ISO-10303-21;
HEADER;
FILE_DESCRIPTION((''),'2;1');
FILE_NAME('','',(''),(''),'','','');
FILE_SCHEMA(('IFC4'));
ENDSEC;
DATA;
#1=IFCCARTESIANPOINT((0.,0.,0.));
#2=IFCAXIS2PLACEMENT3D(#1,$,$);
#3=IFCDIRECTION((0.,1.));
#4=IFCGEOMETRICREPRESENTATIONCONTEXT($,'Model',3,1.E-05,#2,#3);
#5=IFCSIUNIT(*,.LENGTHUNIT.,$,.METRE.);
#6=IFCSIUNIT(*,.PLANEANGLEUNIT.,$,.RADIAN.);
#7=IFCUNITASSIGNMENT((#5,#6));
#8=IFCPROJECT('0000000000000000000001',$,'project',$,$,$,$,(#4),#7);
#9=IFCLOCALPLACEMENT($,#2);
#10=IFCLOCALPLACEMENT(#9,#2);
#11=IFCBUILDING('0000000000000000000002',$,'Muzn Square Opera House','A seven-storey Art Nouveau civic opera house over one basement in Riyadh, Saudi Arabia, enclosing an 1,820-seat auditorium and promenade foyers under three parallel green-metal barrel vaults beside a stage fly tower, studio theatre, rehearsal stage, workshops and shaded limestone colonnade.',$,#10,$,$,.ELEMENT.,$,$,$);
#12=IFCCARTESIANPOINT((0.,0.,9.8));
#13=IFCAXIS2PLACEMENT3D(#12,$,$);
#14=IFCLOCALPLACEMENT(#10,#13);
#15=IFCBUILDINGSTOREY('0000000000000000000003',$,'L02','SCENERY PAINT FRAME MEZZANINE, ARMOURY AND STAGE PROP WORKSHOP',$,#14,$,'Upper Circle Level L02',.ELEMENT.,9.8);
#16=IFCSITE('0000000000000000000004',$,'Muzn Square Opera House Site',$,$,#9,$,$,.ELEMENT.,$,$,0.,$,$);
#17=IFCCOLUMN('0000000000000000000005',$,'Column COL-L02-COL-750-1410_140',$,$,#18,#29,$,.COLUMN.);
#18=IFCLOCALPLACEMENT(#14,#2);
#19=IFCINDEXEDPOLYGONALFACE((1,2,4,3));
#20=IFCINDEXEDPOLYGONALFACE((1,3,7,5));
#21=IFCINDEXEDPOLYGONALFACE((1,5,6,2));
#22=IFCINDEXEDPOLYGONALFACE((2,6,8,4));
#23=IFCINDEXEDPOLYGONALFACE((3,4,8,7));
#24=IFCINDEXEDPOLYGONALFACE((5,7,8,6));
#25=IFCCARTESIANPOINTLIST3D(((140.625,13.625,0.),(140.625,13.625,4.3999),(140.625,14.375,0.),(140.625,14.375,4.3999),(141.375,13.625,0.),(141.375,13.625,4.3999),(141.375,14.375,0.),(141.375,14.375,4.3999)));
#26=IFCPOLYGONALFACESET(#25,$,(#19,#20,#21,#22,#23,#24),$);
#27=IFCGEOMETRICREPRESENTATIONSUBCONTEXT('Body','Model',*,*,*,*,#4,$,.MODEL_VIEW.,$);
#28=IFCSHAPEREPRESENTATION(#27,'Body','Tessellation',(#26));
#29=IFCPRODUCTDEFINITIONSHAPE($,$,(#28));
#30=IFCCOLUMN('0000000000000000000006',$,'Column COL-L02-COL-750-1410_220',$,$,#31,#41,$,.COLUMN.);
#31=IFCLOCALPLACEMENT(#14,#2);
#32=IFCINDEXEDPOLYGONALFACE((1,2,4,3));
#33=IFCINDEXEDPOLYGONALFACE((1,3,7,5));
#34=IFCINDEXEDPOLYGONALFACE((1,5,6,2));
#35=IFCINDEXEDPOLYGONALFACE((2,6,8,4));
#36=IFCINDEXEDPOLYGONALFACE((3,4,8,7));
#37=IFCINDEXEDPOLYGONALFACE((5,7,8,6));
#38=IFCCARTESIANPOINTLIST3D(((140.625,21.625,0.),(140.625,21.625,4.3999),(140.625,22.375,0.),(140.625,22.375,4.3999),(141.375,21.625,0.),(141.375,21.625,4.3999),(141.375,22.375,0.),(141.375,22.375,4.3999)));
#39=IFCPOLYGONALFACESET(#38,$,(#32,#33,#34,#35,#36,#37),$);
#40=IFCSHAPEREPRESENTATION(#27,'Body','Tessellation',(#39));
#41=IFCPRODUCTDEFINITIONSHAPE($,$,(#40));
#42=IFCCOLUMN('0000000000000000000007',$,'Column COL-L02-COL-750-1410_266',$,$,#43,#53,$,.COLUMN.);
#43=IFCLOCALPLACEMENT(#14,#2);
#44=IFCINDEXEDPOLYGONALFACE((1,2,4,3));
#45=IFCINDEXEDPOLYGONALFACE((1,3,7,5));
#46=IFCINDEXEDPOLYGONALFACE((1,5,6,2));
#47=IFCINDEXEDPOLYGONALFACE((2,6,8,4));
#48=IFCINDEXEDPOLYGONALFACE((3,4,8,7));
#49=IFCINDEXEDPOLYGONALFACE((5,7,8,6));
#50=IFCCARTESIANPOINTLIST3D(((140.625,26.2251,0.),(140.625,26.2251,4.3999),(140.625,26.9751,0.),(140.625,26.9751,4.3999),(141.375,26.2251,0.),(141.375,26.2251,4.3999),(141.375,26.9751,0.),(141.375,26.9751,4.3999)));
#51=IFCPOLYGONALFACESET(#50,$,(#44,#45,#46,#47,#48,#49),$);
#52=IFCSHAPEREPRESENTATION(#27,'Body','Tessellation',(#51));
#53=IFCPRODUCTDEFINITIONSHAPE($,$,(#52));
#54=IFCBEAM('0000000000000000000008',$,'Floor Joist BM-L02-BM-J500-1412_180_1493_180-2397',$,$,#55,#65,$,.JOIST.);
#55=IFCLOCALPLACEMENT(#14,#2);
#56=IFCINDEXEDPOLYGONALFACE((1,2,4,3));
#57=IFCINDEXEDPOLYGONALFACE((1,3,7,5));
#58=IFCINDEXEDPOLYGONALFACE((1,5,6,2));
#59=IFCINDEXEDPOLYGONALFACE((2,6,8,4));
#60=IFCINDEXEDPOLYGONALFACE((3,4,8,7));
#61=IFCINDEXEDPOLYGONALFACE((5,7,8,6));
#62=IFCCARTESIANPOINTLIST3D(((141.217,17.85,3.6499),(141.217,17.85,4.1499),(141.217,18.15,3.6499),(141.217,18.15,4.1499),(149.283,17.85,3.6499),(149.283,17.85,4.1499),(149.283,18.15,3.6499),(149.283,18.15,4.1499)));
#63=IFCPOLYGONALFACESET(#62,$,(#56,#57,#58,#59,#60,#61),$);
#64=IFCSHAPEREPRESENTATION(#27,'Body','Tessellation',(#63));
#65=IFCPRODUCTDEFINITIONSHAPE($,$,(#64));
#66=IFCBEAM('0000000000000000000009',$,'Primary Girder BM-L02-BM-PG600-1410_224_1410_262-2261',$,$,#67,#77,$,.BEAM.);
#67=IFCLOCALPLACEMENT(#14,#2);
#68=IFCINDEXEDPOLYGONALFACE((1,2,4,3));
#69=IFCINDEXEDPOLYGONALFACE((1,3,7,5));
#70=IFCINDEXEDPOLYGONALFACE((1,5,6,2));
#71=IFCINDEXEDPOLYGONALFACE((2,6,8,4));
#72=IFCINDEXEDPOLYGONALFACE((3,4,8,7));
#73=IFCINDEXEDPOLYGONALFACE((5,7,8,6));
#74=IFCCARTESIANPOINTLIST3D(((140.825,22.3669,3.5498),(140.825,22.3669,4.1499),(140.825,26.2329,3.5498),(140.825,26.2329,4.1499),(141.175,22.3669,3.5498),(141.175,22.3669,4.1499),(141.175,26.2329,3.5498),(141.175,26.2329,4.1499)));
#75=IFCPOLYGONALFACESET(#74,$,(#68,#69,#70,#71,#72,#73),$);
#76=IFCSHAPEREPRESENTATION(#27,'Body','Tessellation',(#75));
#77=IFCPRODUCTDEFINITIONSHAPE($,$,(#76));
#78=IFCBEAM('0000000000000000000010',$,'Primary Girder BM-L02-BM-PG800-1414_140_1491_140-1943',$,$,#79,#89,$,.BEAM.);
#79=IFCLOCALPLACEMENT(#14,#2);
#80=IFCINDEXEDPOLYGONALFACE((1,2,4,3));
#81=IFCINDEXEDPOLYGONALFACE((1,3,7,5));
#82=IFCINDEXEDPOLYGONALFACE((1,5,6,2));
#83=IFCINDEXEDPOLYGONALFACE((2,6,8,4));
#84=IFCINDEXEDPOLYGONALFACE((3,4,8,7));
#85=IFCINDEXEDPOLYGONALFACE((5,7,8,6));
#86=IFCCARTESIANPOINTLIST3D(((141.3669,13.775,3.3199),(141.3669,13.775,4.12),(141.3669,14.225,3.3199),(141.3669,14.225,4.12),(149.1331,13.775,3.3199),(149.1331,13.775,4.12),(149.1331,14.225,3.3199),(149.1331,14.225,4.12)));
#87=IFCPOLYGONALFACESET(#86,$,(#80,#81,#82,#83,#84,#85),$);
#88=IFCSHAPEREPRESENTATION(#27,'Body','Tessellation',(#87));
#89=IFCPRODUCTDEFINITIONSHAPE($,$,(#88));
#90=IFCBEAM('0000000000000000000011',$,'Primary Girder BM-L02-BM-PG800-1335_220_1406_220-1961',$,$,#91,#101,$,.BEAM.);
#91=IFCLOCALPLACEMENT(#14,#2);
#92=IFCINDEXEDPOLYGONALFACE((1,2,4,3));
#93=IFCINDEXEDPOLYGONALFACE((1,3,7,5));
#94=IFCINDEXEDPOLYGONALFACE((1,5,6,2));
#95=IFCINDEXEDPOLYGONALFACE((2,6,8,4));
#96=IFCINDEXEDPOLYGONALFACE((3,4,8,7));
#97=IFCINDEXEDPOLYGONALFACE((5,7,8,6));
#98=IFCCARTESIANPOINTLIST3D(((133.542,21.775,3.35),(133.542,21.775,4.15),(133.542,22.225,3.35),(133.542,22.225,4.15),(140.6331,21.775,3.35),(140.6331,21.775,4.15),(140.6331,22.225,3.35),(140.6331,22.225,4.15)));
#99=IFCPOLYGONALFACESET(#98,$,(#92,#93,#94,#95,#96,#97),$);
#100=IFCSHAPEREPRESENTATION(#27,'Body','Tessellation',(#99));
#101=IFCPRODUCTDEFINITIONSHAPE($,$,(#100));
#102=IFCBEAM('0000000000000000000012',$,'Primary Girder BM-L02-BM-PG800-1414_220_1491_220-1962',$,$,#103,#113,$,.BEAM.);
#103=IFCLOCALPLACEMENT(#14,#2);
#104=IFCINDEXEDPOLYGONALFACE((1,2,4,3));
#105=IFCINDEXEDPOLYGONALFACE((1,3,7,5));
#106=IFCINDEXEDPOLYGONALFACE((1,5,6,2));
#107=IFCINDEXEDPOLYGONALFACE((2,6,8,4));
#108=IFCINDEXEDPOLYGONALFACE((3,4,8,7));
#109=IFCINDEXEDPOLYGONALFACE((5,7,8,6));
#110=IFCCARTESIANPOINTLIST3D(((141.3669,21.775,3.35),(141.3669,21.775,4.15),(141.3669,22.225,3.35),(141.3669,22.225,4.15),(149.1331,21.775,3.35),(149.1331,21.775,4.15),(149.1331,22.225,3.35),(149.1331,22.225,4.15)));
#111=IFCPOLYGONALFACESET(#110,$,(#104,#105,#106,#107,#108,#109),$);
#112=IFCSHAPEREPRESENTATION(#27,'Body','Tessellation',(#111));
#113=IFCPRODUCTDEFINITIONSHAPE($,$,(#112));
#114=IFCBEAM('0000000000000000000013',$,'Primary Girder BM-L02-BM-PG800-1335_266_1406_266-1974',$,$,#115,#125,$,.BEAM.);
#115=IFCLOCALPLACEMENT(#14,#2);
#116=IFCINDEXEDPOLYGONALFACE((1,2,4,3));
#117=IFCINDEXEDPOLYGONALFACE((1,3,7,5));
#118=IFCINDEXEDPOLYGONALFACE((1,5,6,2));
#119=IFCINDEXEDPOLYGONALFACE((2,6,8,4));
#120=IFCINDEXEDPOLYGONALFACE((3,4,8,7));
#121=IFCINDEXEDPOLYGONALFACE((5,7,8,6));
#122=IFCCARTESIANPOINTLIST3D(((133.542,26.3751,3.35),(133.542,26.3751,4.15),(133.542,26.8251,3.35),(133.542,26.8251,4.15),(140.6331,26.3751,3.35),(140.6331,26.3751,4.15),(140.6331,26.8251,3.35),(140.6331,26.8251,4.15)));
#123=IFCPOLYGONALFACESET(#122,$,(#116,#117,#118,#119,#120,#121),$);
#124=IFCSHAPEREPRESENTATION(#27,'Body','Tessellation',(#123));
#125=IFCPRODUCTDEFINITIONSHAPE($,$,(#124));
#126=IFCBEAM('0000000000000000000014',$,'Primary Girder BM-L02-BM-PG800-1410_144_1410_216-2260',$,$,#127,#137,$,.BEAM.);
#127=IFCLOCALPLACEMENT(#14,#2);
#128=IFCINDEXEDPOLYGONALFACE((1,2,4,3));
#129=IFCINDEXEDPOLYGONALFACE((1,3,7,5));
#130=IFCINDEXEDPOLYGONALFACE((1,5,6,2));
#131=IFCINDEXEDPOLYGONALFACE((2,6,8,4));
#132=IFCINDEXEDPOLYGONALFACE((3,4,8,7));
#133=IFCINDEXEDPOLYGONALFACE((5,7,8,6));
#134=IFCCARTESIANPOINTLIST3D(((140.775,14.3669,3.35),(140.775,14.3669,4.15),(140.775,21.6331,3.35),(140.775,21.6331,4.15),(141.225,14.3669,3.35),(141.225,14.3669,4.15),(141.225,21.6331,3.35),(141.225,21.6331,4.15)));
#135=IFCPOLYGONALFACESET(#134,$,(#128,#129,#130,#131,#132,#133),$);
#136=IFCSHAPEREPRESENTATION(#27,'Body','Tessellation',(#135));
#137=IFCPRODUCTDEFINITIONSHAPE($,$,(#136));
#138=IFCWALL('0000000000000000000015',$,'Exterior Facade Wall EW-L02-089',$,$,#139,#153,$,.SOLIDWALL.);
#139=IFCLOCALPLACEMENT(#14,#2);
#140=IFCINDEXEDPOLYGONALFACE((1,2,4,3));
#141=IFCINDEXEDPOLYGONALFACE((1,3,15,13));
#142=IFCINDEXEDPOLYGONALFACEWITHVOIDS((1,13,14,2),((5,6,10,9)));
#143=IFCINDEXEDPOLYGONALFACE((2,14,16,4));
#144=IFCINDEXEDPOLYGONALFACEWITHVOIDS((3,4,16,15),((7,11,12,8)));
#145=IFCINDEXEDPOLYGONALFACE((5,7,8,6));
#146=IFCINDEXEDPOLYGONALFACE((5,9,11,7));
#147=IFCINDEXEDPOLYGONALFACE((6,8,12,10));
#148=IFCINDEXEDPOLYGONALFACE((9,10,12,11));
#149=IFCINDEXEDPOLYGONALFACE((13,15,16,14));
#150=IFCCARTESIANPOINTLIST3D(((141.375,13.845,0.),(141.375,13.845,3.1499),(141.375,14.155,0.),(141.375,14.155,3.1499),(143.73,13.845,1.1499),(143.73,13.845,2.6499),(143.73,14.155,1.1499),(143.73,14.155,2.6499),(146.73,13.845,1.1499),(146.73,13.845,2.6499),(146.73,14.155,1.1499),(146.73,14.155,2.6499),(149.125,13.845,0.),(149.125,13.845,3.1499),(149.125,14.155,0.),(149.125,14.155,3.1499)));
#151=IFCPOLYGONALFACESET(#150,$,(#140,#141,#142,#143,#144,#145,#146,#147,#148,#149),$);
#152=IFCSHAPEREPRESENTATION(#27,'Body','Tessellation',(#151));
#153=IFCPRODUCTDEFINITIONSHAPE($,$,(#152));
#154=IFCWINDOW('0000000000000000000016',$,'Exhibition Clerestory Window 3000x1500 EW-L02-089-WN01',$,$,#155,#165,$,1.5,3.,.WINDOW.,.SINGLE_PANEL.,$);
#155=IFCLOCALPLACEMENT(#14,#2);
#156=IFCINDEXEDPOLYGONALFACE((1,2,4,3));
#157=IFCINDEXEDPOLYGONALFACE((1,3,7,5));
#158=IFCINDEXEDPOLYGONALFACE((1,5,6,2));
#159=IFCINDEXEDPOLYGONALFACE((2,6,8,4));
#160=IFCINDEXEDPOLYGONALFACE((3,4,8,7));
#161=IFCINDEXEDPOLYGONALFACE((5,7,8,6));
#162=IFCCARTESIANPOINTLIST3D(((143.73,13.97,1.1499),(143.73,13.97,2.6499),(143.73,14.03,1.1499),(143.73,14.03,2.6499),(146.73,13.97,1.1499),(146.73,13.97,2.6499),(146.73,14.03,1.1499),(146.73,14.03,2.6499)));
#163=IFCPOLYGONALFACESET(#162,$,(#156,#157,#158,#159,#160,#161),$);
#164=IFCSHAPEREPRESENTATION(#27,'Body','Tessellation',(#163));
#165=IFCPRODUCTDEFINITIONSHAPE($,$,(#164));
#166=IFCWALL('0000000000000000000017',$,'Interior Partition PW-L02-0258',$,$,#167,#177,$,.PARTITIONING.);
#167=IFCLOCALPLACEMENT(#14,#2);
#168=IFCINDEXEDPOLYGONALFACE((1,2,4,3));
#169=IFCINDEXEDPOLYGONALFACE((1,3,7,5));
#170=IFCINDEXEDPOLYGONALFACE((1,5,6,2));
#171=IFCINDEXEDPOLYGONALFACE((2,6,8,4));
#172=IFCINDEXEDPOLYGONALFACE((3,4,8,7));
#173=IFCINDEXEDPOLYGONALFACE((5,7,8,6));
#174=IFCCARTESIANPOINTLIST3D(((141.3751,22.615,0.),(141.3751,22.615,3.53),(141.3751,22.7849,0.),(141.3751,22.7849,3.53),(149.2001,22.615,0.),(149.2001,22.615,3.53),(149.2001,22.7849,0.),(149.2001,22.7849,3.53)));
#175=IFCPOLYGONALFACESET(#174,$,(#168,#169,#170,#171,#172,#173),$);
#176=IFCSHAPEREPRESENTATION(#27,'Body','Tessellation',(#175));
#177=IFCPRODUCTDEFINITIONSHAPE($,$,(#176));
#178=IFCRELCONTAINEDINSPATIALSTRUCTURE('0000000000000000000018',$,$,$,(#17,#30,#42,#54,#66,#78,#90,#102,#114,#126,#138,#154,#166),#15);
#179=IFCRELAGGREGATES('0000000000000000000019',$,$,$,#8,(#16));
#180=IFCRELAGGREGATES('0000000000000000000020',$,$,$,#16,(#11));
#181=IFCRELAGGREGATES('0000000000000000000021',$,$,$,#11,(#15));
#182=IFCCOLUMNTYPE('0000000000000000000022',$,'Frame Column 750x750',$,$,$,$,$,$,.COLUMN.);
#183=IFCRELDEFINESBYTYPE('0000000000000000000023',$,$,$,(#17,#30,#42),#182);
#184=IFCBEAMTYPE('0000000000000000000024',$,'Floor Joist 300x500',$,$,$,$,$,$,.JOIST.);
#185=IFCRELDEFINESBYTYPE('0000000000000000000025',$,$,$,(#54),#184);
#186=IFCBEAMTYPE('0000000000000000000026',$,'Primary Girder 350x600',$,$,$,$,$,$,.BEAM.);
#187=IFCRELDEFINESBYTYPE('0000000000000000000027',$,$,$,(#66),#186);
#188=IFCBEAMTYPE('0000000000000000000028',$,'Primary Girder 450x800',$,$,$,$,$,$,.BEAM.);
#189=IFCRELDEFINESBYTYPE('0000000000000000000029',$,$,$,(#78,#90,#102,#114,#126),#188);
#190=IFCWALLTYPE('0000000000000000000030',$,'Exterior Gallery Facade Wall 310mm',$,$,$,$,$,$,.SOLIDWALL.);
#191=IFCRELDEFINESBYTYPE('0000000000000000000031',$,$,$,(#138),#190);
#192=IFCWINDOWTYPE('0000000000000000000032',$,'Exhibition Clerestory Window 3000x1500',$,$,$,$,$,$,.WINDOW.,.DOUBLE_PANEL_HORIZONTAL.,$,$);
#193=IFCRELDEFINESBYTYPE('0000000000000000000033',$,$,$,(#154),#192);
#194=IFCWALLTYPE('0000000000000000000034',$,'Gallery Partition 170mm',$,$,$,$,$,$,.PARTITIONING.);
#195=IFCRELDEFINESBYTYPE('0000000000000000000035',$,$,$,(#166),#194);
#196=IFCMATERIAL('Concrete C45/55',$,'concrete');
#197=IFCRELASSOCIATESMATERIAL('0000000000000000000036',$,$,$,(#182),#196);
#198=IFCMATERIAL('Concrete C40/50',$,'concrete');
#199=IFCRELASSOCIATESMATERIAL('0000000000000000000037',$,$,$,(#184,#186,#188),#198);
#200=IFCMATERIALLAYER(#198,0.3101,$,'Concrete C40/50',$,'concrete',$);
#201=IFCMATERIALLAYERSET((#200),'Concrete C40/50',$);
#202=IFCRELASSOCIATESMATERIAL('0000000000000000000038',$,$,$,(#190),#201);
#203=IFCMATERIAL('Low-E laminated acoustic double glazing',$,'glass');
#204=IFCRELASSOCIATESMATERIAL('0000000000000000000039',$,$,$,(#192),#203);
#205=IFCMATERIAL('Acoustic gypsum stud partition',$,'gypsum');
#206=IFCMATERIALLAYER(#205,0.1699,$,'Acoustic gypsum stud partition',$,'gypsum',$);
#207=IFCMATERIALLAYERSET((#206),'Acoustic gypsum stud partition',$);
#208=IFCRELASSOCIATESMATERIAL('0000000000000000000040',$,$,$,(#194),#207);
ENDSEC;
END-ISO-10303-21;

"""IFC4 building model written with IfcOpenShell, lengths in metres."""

from ifc_helpers import new_model, si_unit, direction, frame, frame_2d, origin, origin_2d, place, context, subcontext, project, spatial, rectangle, extrude, material, layer, layer_set, material_profile, profile_set, type_object, element, fill, save


model = new_model("IFC4")

# Units and contexts
model_context = context("Model", 3, precision=1e-05, world=origin(), true_north=direction((0.0, 1.0)))
body_context = subcontext(model_context, "Body", "Model", "MODEL_VIEW")
ifc_project = project(units=[si_unit("LENGTHUNIT", "METRE"), si_unit("PLANEANGLEUNIT", "RADIAN")], contexts=[model_context])

# Site, building, storey
site_placement = place(None, origin())
site = spatial("IfcSite", under=ifc_project, at=site_placement, Name="Muzn Square Opera House Site", CompositionType="ELEMENT", RefElevation=0.0)
building_placement = place(site_placement, origin())
building = spatial("IfcBuilding", under=site, at=building_placement, Name="Muzn Square Opera House", Description="A seven-storey Art Nouveau civic opera house over one basement in Riyadh, Saudi Arabia, enclosing an 1,820-seat auditorium and promenade foyers under three parallel green-metal barrel vaults beside a stage fly tower, studio theatre, rehearsal stage, workshops and shaded limestone colonnade.", CompositionType="ELEMENT")
storey_placement = place(building_placement, frame((0.0, 0.0, 9.8)))
storey = spatial("IfcBuildingStorey", under=building, at=storey_placement, Name="L02", Description="SCENERY PAINT FRAME MEZZANINE, ARMOURY AND STAGE PROP WORKSHOP", LongName="Upper Circle Level L02", CompositionType="ELEMENT", Elevation=9.8)

# Columns
ifc_material_1 = material(Name="Concrete C45/55", Category="concrete")
ifc_material_profile_1 = material_profile(ifc_material_1, rectangle(XDim=0.75, YDim=0.75, at=origin_2d()), Name="RC 750x750", Category="concrete")
ifc_profile_set_1 = profile_set([ifc_material_profile_1], Name="Concrete C45/55")
column_type = type_object("IfcColumnType", Name="Frame Column 750x750", PredefinedType="COLUMN", material=ifc_profile_set_1)
for number, where, z_axis, x_axis, name in (
    (1, (141.0, 14.0, 0.0), (0.0, 0.0, 1.0), (1.0, 0.0, 0.0), "Column COL-L02-COL-750-1410_140"),
    (2, (141.0, 22.0, 0.0), (0.0, 0.0, 1.0), (1.0, 0.0, 0.0), "Column COL-L02-COL-750-1410_220"),
    (3, (141.0, 26.6001, 0.0), (0.0, 0.0, 1.0), (1.0, 0.0, 0.0), "Column COL-L02-COL-750-1410_266"),
):
    element("IfcColumn", number, at=place(storey_placement, frame(where, z_axis=z_axis, x_axis=x_axis)), inside=storey, type_object=column_type, Name=name, PredefinedType="COLUMN", context=body_context, shape_type="SweptSolid", body=[
        extrude(rectangle(XDim=0.75, YDim=0.75, at=origin_2d()), origin(), (0.0, 0.0, 1.0), 4.3999),
    ])

# Beams
ifc_material_2 = material(Name="Concrete C40/50", Category="concrete")
ifc_material_profile_2 = material_profile(ifc_material_2, rectangle(XDim=0.3, YDim=0.5, at=origin_2d()), Name="RCJ 300x500", Category="concrete")
ifc_profile_set_2 = profile_set([ifc_material_profile_2], Name="Concrete C40/50")
beam_type_1 = type_object("IfcBeamType", Name="Floor Joist 300x500", PredefinedType="JOIST", material=ifc_profile_set_2)
beam_1_placement = place(storey_placement, frame((141.217, 18.0, 3.8999), z_axis=(1.0, 0.0, 0.0), x_axis=(0.0, 1.0, 0.0)))
element("IfcBeam", 4, at=beam_1_placement, inside=storey, type_object=beam_type_1, Name="Floor Joist BM-L02-BM-J500-1412_180_1493_180-2397", PredefinedType="JOIST", context=body_context, shape_type="SweptSolid", body=[
    extrude(rectangle(XDim=0.3, YDim=0.5, at=origin_2d()), origin(), (0.0, 0.0, 1.0), 8.0659),
])
ifc_material_profile_3 = material_profile(ifc_material_2, rectangle(XDim=0.3501, YDim=0.6001, at=origin_2d()), Name="RCB 350x600", Category="concrete")
ifc_profile_set_3 = profile_set([ifc_material_profile_3], Name="Concrete C40/50")
beam_type_2 = type_object("IfcBeamType", Name="Primary Girder 350x600", PredefinedType="BEAM", material=ifc_profile_set_3)
beam_2_placement = place(storey_placement, frame((141.0, 22.3669, 3.8499), z_axis=(0.0, 1.0, 0.0), x_axis=(-1.0, 0.0, 0.0)))
element("IfcBeam", 5, at=beam_2_placement, inside=storey, type_object=beam_type_2, Name="Primary Girder BM-L02-BM-PG600-1410_224_1410_262-2261", PredefinedType="BEAM", context=body_context, shape_type="SweptSolid", body=[
    extrude(rectangle(XDim=0.3501, YDim=0.6001, at=origin_2d()), origin(), (0.0, 0.0, 1.0), 3.866),
])
ifc_material_profile_4 = material_profile(ifc_material_2, rectangle(XDim=0.45, YDim=0.8, at=origin_2d()), Name="RCB 450x800", Category="concrete")
ifc_profile_set_4 = profile_set([ifc_material_profile_4], Name="Concrete C40/50")
beam_type_3 = type_object("IfcBeamType", Name="Primary Girder 450x800", PredefinedType="BEAM", material=ifc_profile_set_4)
beam_3_placement = place(storey_placement, frame((141.3669, 14.0, 3.72), z_axis=(1.0, 0.0, 0.0), x_axis=(0.0, 1.0, 0.0)))
element("IfcBeam", 6, at=beam_3_placement, inside=storey, type_object=beam_type_3, Name="Primary Girder BM-L02-BM-PG800-1414_140_1491_140-1943", PredefinedType="BEAM", context=body_context, shape_type="SweptSolid", body=[
    extrude(rectangle(XDim=0.45, YDim=0.8, at=origin_2d()), origin(), (0.0, 0.0, 1.0), 7.7661),
])
beam_4_placement = place(storey_placement, frame((133.542, 22.0, 3.75), z_axis=(1.0, 0.0, 0.0), x_axis=(0.0, 1.0, 0.0)))
element("IfcBeam", 7, at=beam_4_placement, inside=storey, type_object=beam_type_3, Name="Primary Girder BM-L02-BM-PG800-1335_220_1406_220-1961", PredefinedType="BEAM", context=body_context, shape_type="SweptSolid", body=[
    extrude(rectangle(XDim=0.45, YDim=0.8, at=origin_2d()), origin(), (0.0, 0.0, 1.0), 7.0911),
])
beam_5_placement = place(storey_placement, frame((141.3669, 22.0, 3.75), z_axis=(1.0, 0.0, 0.0), x_axis=(0.0, 1.0, 0.0)))
element("IfcBeam", 8, at=beam_5_placement, inside=storey, type_object=beam_type_3, Name="Primary Girder BM-L02-BM-PG800-1414_220_1491_220-1962", PredefinedType="BEAM", context=body_context, shape_type="SweptSolid", body=[
    extrude(rectangle(XDim=0.45, YDim=0.8, at=origin_2d()), origin(), (0.0, 0.0, 1.0), 7.7661),
])
beam_6_placement = place(storey_placement, frame((133.542, 26.6001, 3.75), z_axis=(1.0, 0.0, 0.0), x_axis=(0.0, 1.0, 0.0)))
element("IfcBeam", 9, at=beam_6_placement, inside=storey, type_object=beam_type_3, Name="Primary Girder BM-L02-BM-PG800-1335_266_1406_266-1974", PredefinedType="BEAM", context=body_context, shape_type="SweptSolid", body=[
    extrude(rectangle(XDim=0.45, YDim=0.8, at=origin_2d()), origin(), (0.0, 0.0, 1.0), 7.0911),
])
beam_7_placement = place(storey_placement, frame((141.0, 14.3669, 3.75), z_axis=(0.0, 1.0, 0.0), x_axis=(-1.0, 0.0, 0.0)))
element("IfcBeam", 10, at=beam_7_placement, inside=storey, type_object=beam_type_3, Name="Primary Girder BM-L02-BM-PG800-1410_144_1410_216-2260", PredefinedType="BEAM", context=body_context, shape_type="SweptSolid", body=[
    extrude(rectangle(XDim=0.45, YDim=0.8, at=origin_2d()), origin(), (0.0, 0.0, 1.0), 7.2661),
])

# Wall, opening, window
ifc_layer_1 = layer(ifc_material_2, 0.3101, Name="Concrete C40/50", Category="concrete")
ifc_layer_set_1 = layer_set([ifc_layer_1], Name="Concrete C40/50")
wall_type_1 = type_object("IfcWallType", Name="Exterior Gallery Facade Wall 310mm", PredefinedType="SOLIDWALL", material=ifc_layer_set_1)
wall_1_placement = place(storey_placement, frame((141.375, 14.0, 0.0), z_axis=(0.0, 0.0, 1.0), x_axis=(1.0, 0.0, 0.0)))
wall_1 = element("IfcWall", 11, at=wall_1_placement, inside=storey, type_object=wall_type_1, Name="Exterior Facade Wall EW-L02-089", PredefinedType="SOLIDWALL", context=body_context, shape_type="SweptSolid", body=[
    extrude(rectangle(XDim=7.75, YDim=0.3101, at=frame_2d((3.875, 0.0))), origin(), (0.0, 0.0, 1.0), 3.1499),
])
opening_1_placement = place(wall_1_placement, frame((2.355, 0.0, 1.1499)))
opening_1 = element("IfcOpeningElement", 12, at=opening_1_placement, cuts=wall_1, PredefinedType="OPENING", context=body_context, shape_type="SweptSolid", body=[
    extrude(rectangle(XDim=3.0, YDim=1.5, at=frame_2d((1.5, 0.75))), frame((0.0, 0.165, 0.0), z_axis=(0.0, -1.0, 0.0), x_axis=(1.0, 0.0, 0.0)), (0.0, 0.0, 1.0), 0.3301),
])
ifc_material_3 = material(Name="Low-E laminated acoustic double glazing", Category="glass")
window_type = type_object("IfcWindowType", Name="Exhibition Clerestory Window 3000x1500", PartitioningType="DOUBLE_PANEL_HORIZONTAL", PredefinedType="WINDOW", material=ifc_material_3)
window_placement = place(opening_1_placement, origin())
window = element("IfcWindow", 13, at=window_placement, inside=storey, type_object=window_type, Name="Exhibition Clerestory Window 3000x1500 EW-L02-089-WN01", OverallHeight=1.5, OverallWidth=3.0, PartitioningType="SINGLE_PANEL", PredefinedType="WINDOW", context=body_context, shape_type="SweptSolid", body=[
    extrude(rectangle(XDim=3.0, YDim=1.5, at=frame_2d((1.5, 0.75))), frame((0.0, 0.03, 0.0), z_axis=(0.0, -1.0, 0.0), x_axis=(1.0, 0.0, 0.0)), (0.0, 0.0, 1.0), 0.0601),
])
fill(opening_1, window)

# Wall
ifc_material_4 = material(Name="Acoustic gypsum stud partition", Category="gypsum")
ifc_layer_2 = layer(ifc_material_4, 0.1699, Name="Acoustic gypsum stud partition", Category="gypsum")
ifc_layer_set_2 = layer_set([ifc_layer_2], Name="Acoustic gypsum stud partition")
wall_type_2 = type_object("IfcWallType", Name="Gallery Partition 170mm", PredefinedType="PARTITIONING", material=ifc_layer_set_2)
wall_2_placement = place(storey_placement, frame((141.375, 22.7, 0.0), z_axis=(0.0, 0.0, 1.0), x_axis=(1.0, 0.0, 0.0)))
element("IfcWall", 14, at=wall_2_placement, inside=storey, type_object=wall_type_2, Name="Interior Partition PW-L02-0258", PredefinedType="PARTITIONING", context=body_context, shape_type="SweptSolid", body=[
    extrude(rectangle(XDim=7.825, YDim=0.1699, at=frame_2d((3.9126, 0.0))), origin(), (0.0, 0.0, 1.0), 3.53),
])

save(model, "model.ifc")
